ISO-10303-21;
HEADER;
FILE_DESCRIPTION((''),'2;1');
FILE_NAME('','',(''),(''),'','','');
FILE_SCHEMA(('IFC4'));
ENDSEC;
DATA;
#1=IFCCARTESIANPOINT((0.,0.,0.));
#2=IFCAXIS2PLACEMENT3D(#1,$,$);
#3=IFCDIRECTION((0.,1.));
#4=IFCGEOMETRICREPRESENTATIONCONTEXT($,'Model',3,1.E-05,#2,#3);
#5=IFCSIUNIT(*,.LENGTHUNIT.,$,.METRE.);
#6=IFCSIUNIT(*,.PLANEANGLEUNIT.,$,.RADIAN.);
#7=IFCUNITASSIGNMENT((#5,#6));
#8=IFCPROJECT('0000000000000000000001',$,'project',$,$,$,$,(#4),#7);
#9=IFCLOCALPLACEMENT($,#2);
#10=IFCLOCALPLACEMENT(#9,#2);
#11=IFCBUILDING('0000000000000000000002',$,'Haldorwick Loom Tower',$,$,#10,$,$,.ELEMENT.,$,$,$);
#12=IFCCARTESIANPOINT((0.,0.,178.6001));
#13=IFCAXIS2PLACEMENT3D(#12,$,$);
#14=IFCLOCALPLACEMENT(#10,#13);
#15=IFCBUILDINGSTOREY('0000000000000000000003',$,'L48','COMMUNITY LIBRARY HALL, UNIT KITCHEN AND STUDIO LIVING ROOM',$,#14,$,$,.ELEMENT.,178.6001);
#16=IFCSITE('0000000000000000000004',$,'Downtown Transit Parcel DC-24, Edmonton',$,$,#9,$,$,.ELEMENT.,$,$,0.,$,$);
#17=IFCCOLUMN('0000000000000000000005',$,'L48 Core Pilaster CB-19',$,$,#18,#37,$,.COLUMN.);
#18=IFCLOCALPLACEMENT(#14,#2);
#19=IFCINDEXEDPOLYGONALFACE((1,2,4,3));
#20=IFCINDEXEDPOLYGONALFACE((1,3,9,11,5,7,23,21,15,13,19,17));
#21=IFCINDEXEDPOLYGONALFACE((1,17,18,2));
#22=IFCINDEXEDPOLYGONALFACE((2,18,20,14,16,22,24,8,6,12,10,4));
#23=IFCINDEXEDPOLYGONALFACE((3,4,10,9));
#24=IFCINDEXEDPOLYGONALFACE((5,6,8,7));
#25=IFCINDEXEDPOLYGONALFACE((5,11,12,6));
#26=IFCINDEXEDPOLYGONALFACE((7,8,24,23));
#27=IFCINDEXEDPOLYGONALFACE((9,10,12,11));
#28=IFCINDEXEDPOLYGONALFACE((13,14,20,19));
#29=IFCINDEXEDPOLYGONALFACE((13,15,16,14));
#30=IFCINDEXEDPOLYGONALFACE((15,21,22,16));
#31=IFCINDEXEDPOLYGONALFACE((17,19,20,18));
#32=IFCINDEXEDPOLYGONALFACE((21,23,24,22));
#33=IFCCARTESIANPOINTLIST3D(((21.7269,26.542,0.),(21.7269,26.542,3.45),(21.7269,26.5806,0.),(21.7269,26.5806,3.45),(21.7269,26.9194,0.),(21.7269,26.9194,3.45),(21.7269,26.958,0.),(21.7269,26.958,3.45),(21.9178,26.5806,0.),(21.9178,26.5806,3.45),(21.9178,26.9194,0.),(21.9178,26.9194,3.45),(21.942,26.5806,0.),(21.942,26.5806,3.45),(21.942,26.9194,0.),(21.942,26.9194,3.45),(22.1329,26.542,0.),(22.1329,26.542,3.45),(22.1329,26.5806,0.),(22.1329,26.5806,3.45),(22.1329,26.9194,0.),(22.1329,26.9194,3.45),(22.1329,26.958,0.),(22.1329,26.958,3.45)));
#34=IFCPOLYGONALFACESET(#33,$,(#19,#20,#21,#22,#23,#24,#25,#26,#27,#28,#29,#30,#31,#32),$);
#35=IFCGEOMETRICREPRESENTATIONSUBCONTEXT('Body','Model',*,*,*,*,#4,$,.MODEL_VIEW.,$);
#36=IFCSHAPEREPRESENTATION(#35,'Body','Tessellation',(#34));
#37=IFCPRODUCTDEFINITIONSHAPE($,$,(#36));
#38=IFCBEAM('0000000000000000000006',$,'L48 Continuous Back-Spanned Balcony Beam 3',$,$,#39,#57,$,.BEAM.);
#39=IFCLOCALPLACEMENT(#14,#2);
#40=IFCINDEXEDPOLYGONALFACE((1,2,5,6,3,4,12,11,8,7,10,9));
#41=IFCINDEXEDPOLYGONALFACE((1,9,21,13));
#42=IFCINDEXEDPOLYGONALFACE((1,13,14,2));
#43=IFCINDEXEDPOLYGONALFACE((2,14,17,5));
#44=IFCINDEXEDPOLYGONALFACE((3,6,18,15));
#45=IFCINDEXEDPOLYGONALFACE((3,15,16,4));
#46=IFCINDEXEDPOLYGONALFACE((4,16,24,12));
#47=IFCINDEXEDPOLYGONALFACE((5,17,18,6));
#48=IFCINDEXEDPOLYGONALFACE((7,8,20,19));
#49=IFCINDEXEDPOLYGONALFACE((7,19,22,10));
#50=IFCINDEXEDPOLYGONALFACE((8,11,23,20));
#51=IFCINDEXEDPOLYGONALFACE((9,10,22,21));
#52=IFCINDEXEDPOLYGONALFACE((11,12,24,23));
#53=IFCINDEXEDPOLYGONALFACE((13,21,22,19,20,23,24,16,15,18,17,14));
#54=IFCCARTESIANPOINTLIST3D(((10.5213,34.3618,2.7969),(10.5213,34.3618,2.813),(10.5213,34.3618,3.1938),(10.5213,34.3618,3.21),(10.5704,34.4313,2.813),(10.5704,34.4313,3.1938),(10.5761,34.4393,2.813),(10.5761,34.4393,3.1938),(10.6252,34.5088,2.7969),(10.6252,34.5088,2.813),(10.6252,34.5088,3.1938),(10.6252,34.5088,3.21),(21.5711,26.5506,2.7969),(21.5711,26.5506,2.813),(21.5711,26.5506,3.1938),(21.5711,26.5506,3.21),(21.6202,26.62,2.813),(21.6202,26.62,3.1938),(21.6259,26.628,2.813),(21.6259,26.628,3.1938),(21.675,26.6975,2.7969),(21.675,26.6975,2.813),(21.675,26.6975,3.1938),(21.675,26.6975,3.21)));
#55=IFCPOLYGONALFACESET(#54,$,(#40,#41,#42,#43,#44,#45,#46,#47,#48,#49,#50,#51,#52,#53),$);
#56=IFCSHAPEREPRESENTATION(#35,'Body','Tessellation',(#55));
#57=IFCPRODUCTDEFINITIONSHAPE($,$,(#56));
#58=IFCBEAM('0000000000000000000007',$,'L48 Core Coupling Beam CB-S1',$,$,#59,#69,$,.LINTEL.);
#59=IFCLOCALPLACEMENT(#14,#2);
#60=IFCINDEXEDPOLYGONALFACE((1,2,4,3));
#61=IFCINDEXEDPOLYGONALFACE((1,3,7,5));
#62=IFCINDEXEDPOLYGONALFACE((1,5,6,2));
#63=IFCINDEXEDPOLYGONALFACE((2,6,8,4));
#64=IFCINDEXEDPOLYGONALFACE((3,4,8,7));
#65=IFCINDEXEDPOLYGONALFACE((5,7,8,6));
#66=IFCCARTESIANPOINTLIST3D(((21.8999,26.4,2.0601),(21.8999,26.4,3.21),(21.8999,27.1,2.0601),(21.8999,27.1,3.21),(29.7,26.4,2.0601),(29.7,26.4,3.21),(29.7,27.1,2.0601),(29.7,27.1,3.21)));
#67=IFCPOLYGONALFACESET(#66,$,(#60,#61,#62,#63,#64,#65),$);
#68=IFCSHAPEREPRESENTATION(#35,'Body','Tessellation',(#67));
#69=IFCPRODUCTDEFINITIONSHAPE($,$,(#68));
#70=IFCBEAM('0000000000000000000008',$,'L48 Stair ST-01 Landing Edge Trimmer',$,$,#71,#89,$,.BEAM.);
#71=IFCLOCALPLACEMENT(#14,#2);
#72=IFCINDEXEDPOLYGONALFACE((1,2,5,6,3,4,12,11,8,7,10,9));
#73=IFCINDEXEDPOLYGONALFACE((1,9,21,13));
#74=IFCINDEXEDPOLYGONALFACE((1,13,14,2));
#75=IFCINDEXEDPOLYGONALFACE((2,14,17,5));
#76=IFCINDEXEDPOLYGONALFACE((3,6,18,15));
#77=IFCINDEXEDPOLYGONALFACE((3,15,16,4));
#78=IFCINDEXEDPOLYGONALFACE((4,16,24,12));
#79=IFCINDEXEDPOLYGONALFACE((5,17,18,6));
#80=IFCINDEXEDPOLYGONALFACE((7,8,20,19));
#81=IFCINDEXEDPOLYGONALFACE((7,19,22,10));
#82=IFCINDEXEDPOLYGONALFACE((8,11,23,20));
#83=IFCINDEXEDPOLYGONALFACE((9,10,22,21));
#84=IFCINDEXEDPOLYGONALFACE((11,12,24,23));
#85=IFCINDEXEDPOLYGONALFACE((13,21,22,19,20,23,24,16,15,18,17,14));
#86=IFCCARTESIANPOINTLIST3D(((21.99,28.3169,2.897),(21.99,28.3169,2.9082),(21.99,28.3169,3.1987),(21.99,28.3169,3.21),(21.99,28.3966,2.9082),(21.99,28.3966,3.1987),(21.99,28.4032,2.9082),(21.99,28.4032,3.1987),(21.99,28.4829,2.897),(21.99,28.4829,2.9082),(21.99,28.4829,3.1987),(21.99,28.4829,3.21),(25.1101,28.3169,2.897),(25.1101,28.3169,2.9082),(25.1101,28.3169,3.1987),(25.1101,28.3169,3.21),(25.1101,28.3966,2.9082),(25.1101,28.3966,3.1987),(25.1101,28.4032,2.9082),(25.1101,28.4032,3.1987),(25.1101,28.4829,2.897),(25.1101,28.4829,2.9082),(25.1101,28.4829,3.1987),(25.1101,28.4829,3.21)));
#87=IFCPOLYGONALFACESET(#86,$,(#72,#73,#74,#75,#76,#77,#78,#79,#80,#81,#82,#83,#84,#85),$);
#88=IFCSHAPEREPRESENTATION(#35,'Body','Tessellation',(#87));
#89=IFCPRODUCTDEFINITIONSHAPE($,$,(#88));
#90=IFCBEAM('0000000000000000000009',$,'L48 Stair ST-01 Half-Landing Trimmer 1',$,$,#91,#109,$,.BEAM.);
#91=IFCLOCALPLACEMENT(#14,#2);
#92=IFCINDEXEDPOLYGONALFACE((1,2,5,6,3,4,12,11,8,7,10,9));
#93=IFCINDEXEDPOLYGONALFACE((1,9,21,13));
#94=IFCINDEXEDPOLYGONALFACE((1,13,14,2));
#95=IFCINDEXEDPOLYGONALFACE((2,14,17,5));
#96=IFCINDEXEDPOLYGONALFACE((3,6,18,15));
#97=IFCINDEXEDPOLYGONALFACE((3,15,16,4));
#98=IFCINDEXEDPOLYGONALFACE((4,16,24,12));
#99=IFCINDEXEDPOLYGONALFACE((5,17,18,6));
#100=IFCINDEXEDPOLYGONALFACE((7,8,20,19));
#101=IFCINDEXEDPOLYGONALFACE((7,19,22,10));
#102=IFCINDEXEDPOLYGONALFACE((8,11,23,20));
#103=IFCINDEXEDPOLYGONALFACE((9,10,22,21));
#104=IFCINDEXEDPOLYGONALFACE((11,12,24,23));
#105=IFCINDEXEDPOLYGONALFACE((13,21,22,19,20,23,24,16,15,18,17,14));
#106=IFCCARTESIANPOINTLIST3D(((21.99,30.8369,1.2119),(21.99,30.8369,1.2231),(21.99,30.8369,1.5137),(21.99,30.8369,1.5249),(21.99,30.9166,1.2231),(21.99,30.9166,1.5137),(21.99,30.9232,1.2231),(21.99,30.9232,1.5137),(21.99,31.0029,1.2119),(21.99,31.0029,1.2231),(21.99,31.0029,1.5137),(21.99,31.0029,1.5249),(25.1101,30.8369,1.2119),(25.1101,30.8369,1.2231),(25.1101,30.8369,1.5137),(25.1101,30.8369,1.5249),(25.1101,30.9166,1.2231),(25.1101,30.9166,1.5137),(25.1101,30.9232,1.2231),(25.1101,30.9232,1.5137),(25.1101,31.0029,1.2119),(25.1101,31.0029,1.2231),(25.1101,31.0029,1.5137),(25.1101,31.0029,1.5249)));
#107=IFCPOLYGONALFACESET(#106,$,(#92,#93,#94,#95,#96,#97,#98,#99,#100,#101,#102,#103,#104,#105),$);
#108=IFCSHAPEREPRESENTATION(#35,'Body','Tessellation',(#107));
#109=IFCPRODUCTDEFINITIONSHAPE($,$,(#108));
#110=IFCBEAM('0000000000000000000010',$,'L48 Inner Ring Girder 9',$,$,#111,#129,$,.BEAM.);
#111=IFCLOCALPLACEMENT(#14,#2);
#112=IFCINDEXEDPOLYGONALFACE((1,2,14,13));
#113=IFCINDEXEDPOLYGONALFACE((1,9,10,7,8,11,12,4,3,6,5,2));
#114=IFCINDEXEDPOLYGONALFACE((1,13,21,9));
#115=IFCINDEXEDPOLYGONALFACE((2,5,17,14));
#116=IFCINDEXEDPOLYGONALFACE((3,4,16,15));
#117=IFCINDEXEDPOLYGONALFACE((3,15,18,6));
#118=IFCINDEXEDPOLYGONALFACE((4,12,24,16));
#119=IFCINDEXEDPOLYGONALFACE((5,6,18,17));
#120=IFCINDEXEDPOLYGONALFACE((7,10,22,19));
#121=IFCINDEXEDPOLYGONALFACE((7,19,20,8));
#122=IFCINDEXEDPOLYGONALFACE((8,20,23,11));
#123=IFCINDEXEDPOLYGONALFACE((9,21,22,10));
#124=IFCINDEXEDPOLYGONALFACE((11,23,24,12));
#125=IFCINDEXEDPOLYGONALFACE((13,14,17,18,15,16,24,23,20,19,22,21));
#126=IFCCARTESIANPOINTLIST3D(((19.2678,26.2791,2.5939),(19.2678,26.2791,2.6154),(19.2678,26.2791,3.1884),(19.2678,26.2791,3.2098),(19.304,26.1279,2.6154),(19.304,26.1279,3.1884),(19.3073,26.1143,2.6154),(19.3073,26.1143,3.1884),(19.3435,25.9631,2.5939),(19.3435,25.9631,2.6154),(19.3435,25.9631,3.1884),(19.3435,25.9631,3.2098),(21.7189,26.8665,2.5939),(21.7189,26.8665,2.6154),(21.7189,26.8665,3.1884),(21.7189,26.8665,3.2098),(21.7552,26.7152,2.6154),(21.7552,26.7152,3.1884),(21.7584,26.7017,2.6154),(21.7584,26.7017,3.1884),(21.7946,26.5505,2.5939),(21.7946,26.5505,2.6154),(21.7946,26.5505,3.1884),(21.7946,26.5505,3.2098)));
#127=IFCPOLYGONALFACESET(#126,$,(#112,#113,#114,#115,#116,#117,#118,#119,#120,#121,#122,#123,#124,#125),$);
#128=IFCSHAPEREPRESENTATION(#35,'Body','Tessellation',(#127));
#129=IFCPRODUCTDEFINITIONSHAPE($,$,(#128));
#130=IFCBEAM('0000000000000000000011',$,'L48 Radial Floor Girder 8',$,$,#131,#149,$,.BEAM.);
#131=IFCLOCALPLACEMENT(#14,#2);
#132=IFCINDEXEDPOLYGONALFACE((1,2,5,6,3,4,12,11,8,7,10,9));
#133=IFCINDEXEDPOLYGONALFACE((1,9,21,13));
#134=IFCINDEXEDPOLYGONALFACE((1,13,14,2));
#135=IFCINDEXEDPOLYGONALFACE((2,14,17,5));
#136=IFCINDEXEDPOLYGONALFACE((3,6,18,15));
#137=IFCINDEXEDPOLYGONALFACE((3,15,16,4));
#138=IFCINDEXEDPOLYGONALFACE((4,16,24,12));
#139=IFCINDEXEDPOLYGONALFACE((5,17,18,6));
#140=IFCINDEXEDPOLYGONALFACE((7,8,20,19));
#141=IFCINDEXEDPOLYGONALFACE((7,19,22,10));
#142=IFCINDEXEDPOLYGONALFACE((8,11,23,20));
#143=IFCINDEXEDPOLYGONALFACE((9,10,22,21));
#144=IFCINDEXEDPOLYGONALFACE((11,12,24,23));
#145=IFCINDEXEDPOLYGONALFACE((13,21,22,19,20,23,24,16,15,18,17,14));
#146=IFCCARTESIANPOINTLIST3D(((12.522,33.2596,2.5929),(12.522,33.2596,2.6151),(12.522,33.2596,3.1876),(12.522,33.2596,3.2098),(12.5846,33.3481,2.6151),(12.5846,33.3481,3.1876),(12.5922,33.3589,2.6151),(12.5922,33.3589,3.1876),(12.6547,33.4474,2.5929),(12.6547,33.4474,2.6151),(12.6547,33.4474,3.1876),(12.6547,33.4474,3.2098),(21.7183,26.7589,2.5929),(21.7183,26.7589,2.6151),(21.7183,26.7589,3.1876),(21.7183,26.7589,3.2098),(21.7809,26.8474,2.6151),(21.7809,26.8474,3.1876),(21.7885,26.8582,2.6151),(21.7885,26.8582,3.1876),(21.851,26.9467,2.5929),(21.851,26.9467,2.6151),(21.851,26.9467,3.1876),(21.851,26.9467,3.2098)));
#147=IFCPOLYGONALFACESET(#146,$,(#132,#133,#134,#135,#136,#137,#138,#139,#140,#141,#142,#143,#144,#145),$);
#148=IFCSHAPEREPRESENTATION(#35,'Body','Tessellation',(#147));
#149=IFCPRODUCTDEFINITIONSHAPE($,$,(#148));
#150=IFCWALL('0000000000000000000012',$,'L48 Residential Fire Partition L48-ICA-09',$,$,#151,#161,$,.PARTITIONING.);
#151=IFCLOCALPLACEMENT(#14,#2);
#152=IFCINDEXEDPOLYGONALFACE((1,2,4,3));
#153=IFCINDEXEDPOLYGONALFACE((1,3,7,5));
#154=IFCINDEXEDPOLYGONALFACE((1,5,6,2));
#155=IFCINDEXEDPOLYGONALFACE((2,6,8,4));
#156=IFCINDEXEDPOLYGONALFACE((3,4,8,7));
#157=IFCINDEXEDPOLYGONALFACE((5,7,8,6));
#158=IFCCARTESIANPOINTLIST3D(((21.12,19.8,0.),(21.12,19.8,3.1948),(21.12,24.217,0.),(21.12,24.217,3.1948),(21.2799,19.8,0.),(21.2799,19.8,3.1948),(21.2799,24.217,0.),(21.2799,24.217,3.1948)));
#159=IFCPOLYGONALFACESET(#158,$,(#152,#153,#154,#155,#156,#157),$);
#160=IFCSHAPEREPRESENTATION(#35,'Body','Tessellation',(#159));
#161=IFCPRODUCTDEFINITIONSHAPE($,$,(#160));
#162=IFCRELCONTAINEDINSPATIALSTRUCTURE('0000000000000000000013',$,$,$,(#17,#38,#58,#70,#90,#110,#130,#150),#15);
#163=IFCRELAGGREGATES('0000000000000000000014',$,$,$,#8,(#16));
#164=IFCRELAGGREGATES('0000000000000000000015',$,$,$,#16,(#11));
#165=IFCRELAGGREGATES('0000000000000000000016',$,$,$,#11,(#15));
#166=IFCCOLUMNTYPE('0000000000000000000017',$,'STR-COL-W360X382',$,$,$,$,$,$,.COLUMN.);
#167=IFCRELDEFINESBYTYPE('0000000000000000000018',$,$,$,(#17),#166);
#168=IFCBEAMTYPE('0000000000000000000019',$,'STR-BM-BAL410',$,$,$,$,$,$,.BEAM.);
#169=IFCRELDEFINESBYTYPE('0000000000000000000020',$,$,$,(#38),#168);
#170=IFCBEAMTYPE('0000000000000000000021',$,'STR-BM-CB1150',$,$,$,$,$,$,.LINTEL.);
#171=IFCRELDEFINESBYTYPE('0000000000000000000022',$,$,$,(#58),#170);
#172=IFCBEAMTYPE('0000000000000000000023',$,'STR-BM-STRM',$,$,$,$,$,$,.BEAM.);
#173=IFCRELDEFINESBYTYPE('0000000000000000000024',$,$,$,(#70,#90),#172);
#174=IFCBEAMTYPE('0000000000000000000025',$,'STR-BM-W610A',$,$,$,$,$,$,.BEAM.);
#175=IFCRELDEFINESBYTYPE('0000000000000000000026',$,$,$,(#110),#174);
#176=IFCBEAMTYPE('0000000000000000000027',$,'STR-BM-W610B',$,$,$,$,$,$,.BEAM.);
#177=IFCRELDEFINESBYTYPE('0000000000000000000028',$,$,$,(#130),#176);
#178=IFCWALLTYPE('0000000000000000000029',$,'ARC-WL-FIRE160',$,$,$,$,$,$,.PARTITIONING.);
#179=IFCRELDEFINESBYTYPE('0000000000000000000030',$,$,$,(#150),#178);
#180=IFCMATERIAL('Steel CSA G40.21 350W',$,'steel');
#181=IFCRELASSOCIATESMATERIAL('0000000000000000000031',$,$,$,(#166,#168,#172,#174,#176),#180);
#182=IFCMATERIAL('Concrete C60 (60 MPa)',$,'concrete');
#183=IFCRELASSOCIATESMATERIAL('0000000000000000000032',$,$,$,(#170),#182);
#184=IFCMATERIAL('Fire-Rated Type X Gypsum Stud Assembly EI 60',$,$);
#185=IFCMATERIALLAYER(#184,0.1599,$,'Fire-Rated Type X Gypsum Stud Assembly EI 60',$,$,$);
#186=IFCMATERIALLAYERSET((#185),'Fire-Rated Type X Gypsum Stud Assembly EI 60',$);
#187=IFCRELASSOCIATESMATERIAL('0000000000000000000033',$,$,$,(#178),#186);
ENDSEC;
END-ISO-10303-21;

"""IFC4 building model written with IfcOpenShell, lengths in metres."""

from ifc_helpers import new_model, si_unit, direction, frame, frame_2d, origin, origin_2d, place, context, subcontext, project, spatial, rectangle, i_section, extrude, material, layer, layer_set, material_profile, profile_set, type_object, element, save


model = new_model("IFC4")

# Units and contexts
model_context = context("Model", 3, precision=1e-05, world=origin(), true_north=direction((0.0, 1.0)))
body_context = subcontext(model_context, "Body", "Model", "MODEL_VIEW")
ifc_project = project(units=[si_unit("LENGTHUNIT", "METRE"), si_unit("PLANEANGLEUNIT", "RADIAN")], contexts=[model_context])

# Site, building, storey
site_placement = place(None, origin())
site = spatial("IfcSite", under=ifc_project, at=site_placement, Name="Downtown Transit Parcel DC-24, Edmonton", CompositionType="ELEMENT", RefElevation=0.0)
building_placement = place(site_placement, origin())
building = spatial("IfcBuilding", under=site, at=building_placement, Name="Haldorwick Loom Tower", CompositionType="ELEMENT")
storey_placement = place(building_placement, frame((0.0, 0.0, 178.6001)))
storey = spatial("IfcBuildingStorey", under=building, at=storey_placement, Name="L48", Description="COMMUNITY LIBRARY HALL, UNIT KITCHEN AND STUDIO LIVING ROOM", CompositionType="ELEMENT", Elevation=178.6001)

# Column
ifc_material_1 = material(Name="Steel CSA G40.21 350W", Category="steel")
ifc_material_profile_1 = material_profile(ifc_material_1, i_section(OverallWidth=0.406, OverallDepth=0.416, WebThickness=0.0242, FlangeThickness=0.0386, at=origin_2d()), Name="W360X382", Category="steel")
ifc_profile_set_1 = profile_set([ifc_material_profile_1], Name="Steel CSA G40.21 350W")
column_type = type_object("IfcColumnType", Name="STR-COL-W360X382", PredefinedType="COLUMN", material=ifc_profile_set_1)
column_placement = place(storey_placement, frame((21.9299, 26.75, 0.0), z_axis=(0.0, 0.0, 1.0), x_axis=(1.0, 0.0, 0.0)))
element("IfcColumn", 1, at=column_placement, inside=storey, type_object=column_type, Name="L48 Core Pilaster CB-19", PredefinedType="COLUMN", context=body_context, shape_type="SweptSolid", body=[
    extrude(i_section(OverallWidth=0.406, OverallDepth=0.416, WebThickness=0.0242, FlangeThickness=0.0386, at=origin_2d()), origin(), (0.0, 0.0, 1.0), 3.45),
])

# Beams
ifc_material_profile_2 = material_profile(ifc_material_1, i_section(OverallWidth=0.1799, OverallDepth=0.4131, WebThickness=0.0098, FlangeThickness=0.0161, at=origin_2d()), Name="W410X74", Category="steel")
ifc_profile_set_2 = profile_set([ifc_material_profile_2], Name="Steel CSA G40.21 350W")
beam_type_1 = type_object("IfcBeamType", Name="STR-BM-BAL410", PredefinedType="BEAM", material=ifc_profile_set_2)
beam_1_placement = place(storey_placement, frame((21.623, 26.624, 3.0034), z_axis=(-0.81657, 0.577246, 0.0), x_axis=(-0.577246, -0.81657, 0.0)))
element("IfcBeam", 2, at=beam_1_placement, inside=storey, type_object=beam_type_1, Name="L48 Continuous Back-Spanned Balcony Beam 3", PredefinedType="BEAM", context=body_context, shape_type="SweptSolid", body=[
    extrude(i_section(OverallWidth=0.1799, OverallDepth=0.4131, WebThickness=0.0098, FlangeThickness=0.0161, at=origin_2d()), origin(), (0.0, 0.0, 1.0), 13.532),
])
ifc_material_2 = material(Name="Concrete C60 (60 MPa)", Category="concrete")
ifc_material_profile_3 = material_profile(ifc_material_2, rectangle(XDim=0.7, YDim=1.1499, at=origin_2d()), Name="RC700X1150", Category="concrete")
ifc_profile_set_3 = profile_set([ifc_material_profile_3], Name="Concrete C60 (60 MPa)")
beam_type_2 = type_object("IfcBeamType", Name="STR-BM-CB1150", PredefinedType="LINTEL", material=ifc_profile_set_3)
beam_2_placement = place(storey_placement, frame((21.8999, 26.75, 2.635), z_axis=(1.0, 0.0, 0.0), x_axis=(0.0, 1.0, 0.0)))
element("IfcBeam", 3, at=beam_2_placement, inside=storey, type_object=beam_type_2, Name="L48 Core Coupling Beam CB-S1", PredefinedType="LINTEL", context=body_context, shape_type="SweptSolid", body=[
    extrude(rectangle(XDim=0.7, YDim=1.1499, at=origin_2d()), origin(), (0.0, 0.0, 1.0), 7.8),
])
ifc_material_profile_4 = material_profile(ifc_material_1, i_section(OverallWidth=0.166, OverallDepth=0.313, WebThickness=0.0066, FlangeThickness=0.0112, at=origin_2d()), Name="W310X45", Category="steel")
ifc_profile_set_4 = profile_set([ifc_material_profile_4], Name="Steel CSA G40.21 350W")
beam_type_3 = type_object("IfcBeamType", Name="STR-BM-STRM", PredefinedType="BEAM", material=ifc_profile_set_4)
for number, where, z_axis, x_axis, name in (
    (4, (21.99, 28.3999, 3.0535), (1.0, 0.0, 0.0), (0.0, 1.0, 0.0), "L48 Stair ST-01 Landing Edge Trimmer"),
    (5, (21.99, 30.9199, 1.3684), (1.0, 0.0, 0.0), (0.0, 1.0, 0.0), "L48 Stair ST-01 Half-Landing Trimmer 1"),
):
    element("IfcBeam", number, at=place(storey_placement, frame(where, z_axis=z_axis, x_axis=x_axis)), inside=storey, type_object=beam_type_3, Name=name, PredefinedType="BEAM", context=body_context, shape_type="SweptSolid", body=[
        extrude(i_section(OverallWidth=0.166, OverallDepth=0.313, WebThickness=0.0066, FlangeThickness=0.0112, at=origin_2d()), origin(), (0.0, 0.0, 1.0), 3.1201),
    ])
ifc_material_profile_5 = material_profile(ifc_material_1, i_section(OverallWidth=0.325, OverallDepth=0.616, WebThickness=0.0139, FlangeThickness=0.0215, at=origin_2d()), Name="W610X174", Category="steel")
ifc_profile_set_5 = profile_set([ifc_material_profile_5], Name="Steel CSA G40.21 350W")
beam_type_4 = type_object("IfcBeamType", Name="STR-BM-W610A", PredefinedType="BEAM", material=ifc_profile_set_5)
beam_3_placement = place(storey_placement, frame((19.3057, 26.1211, 2.9019), z_axis=(0.972466, 0.233043, 0.0), x_axis=(-0.233043, 0.972466, 0.0)))
element("IfcBeam", 6, at=beam_3_placement, inside=storey, type_object=beam_type_4, Name="L48 Inner Ring Girder 9", PredefinedType="BEAM", context=body_context, shape_type="SweptSolid", body=[
    extrude(i_section(OverallWidth=0.325, OverallDepth=0.616, WebThickness=0.0139, FlangeThickness=0.0215, at=origin_2d()), origin(), (0.0, 0.0, 1.0), 2.5205),
])
ifc_material_profile_6 = material_profile(ifc_material_1, i_section(OverallWidth=0.23, OverallDepth=0.6169, WebThickness=0.0132, FlangeThickness=0.0222, at=origin_2d()), Name="W610X140", Category="steel")
ifc_profile_set_6 = profile_set([ifc_material_profile_6], Name="Steel CSA G40.21 350W")
beam_type_5 = type_object("IfcBeamType", Name="STR-BM-W610B", PredefinedType="BEAM", material=ifc_profile_set_6)
beam_4_placement = place(storey_placement, frame((21.7847, 26.8528, 2.9014), z_axis=(-0.816581, 0.57723, 0.0), x_axis=(-0.57723, -0.816581, 0.0)))
element("IfcBeam", 7, at=beam_4_placement, inside=storey, type_object=beam_type_5, Name="L48 Radial Floor Girder 8", PredefinedType="BEAM", context=body_context, shape_type="SweptSolid", body=[
    extrude(i_section(OverallWidth=0.23, OverallDepth=0.6169, WebThickness=0.0132, FlangeThickness=0.0222, at=origin_2d()), origin(), (0.0, 0.0, 1.0), 11.262),
])

# Wall
ifc_material_3 = material(Name="Fire-Rated Type X Gypsum Stud Assembly EI 60")
ifc_layer_1 = layer(ifc_material_3, 0.1599, Name="Fire-Rated Type X Gypsum Stud Assembly EI 60")
ifc_layer_set_1 = layer_set([ifc_layer_1], Name="Fire-Rated Type X Gypsum Stud Assembly EI 60")
wall_type_1 = type_object("IfcWallType", Name="ARC-WL-FIRE160", PredefinedType="PARTITIONING", material=ifc_layer_set_1)
wall_1_placement = place(storey_placement, frame((21.2, 24.217, 0.0), z_axis=(0.0, 0.0, 1.0), x_axis=(0.0, -1.0, 0.0)))
element("IfcWall", 8, at=wall_1_placement, inside=storey, type_object=wall_type_1, Name="L48 Residential Fire Partition L48-ICA-09", PredefinedType="PARTITIONING", context=body_context, shape_type="SweptSolid", body=[
    extrude(rectangle(XDim=4.417, YDim=0.1599, at=frame_2d((2.2085, 0.0))), origin(), (0.0, 0.0, 1.0), 3.1948),
])

save(model, "model.ifc")
